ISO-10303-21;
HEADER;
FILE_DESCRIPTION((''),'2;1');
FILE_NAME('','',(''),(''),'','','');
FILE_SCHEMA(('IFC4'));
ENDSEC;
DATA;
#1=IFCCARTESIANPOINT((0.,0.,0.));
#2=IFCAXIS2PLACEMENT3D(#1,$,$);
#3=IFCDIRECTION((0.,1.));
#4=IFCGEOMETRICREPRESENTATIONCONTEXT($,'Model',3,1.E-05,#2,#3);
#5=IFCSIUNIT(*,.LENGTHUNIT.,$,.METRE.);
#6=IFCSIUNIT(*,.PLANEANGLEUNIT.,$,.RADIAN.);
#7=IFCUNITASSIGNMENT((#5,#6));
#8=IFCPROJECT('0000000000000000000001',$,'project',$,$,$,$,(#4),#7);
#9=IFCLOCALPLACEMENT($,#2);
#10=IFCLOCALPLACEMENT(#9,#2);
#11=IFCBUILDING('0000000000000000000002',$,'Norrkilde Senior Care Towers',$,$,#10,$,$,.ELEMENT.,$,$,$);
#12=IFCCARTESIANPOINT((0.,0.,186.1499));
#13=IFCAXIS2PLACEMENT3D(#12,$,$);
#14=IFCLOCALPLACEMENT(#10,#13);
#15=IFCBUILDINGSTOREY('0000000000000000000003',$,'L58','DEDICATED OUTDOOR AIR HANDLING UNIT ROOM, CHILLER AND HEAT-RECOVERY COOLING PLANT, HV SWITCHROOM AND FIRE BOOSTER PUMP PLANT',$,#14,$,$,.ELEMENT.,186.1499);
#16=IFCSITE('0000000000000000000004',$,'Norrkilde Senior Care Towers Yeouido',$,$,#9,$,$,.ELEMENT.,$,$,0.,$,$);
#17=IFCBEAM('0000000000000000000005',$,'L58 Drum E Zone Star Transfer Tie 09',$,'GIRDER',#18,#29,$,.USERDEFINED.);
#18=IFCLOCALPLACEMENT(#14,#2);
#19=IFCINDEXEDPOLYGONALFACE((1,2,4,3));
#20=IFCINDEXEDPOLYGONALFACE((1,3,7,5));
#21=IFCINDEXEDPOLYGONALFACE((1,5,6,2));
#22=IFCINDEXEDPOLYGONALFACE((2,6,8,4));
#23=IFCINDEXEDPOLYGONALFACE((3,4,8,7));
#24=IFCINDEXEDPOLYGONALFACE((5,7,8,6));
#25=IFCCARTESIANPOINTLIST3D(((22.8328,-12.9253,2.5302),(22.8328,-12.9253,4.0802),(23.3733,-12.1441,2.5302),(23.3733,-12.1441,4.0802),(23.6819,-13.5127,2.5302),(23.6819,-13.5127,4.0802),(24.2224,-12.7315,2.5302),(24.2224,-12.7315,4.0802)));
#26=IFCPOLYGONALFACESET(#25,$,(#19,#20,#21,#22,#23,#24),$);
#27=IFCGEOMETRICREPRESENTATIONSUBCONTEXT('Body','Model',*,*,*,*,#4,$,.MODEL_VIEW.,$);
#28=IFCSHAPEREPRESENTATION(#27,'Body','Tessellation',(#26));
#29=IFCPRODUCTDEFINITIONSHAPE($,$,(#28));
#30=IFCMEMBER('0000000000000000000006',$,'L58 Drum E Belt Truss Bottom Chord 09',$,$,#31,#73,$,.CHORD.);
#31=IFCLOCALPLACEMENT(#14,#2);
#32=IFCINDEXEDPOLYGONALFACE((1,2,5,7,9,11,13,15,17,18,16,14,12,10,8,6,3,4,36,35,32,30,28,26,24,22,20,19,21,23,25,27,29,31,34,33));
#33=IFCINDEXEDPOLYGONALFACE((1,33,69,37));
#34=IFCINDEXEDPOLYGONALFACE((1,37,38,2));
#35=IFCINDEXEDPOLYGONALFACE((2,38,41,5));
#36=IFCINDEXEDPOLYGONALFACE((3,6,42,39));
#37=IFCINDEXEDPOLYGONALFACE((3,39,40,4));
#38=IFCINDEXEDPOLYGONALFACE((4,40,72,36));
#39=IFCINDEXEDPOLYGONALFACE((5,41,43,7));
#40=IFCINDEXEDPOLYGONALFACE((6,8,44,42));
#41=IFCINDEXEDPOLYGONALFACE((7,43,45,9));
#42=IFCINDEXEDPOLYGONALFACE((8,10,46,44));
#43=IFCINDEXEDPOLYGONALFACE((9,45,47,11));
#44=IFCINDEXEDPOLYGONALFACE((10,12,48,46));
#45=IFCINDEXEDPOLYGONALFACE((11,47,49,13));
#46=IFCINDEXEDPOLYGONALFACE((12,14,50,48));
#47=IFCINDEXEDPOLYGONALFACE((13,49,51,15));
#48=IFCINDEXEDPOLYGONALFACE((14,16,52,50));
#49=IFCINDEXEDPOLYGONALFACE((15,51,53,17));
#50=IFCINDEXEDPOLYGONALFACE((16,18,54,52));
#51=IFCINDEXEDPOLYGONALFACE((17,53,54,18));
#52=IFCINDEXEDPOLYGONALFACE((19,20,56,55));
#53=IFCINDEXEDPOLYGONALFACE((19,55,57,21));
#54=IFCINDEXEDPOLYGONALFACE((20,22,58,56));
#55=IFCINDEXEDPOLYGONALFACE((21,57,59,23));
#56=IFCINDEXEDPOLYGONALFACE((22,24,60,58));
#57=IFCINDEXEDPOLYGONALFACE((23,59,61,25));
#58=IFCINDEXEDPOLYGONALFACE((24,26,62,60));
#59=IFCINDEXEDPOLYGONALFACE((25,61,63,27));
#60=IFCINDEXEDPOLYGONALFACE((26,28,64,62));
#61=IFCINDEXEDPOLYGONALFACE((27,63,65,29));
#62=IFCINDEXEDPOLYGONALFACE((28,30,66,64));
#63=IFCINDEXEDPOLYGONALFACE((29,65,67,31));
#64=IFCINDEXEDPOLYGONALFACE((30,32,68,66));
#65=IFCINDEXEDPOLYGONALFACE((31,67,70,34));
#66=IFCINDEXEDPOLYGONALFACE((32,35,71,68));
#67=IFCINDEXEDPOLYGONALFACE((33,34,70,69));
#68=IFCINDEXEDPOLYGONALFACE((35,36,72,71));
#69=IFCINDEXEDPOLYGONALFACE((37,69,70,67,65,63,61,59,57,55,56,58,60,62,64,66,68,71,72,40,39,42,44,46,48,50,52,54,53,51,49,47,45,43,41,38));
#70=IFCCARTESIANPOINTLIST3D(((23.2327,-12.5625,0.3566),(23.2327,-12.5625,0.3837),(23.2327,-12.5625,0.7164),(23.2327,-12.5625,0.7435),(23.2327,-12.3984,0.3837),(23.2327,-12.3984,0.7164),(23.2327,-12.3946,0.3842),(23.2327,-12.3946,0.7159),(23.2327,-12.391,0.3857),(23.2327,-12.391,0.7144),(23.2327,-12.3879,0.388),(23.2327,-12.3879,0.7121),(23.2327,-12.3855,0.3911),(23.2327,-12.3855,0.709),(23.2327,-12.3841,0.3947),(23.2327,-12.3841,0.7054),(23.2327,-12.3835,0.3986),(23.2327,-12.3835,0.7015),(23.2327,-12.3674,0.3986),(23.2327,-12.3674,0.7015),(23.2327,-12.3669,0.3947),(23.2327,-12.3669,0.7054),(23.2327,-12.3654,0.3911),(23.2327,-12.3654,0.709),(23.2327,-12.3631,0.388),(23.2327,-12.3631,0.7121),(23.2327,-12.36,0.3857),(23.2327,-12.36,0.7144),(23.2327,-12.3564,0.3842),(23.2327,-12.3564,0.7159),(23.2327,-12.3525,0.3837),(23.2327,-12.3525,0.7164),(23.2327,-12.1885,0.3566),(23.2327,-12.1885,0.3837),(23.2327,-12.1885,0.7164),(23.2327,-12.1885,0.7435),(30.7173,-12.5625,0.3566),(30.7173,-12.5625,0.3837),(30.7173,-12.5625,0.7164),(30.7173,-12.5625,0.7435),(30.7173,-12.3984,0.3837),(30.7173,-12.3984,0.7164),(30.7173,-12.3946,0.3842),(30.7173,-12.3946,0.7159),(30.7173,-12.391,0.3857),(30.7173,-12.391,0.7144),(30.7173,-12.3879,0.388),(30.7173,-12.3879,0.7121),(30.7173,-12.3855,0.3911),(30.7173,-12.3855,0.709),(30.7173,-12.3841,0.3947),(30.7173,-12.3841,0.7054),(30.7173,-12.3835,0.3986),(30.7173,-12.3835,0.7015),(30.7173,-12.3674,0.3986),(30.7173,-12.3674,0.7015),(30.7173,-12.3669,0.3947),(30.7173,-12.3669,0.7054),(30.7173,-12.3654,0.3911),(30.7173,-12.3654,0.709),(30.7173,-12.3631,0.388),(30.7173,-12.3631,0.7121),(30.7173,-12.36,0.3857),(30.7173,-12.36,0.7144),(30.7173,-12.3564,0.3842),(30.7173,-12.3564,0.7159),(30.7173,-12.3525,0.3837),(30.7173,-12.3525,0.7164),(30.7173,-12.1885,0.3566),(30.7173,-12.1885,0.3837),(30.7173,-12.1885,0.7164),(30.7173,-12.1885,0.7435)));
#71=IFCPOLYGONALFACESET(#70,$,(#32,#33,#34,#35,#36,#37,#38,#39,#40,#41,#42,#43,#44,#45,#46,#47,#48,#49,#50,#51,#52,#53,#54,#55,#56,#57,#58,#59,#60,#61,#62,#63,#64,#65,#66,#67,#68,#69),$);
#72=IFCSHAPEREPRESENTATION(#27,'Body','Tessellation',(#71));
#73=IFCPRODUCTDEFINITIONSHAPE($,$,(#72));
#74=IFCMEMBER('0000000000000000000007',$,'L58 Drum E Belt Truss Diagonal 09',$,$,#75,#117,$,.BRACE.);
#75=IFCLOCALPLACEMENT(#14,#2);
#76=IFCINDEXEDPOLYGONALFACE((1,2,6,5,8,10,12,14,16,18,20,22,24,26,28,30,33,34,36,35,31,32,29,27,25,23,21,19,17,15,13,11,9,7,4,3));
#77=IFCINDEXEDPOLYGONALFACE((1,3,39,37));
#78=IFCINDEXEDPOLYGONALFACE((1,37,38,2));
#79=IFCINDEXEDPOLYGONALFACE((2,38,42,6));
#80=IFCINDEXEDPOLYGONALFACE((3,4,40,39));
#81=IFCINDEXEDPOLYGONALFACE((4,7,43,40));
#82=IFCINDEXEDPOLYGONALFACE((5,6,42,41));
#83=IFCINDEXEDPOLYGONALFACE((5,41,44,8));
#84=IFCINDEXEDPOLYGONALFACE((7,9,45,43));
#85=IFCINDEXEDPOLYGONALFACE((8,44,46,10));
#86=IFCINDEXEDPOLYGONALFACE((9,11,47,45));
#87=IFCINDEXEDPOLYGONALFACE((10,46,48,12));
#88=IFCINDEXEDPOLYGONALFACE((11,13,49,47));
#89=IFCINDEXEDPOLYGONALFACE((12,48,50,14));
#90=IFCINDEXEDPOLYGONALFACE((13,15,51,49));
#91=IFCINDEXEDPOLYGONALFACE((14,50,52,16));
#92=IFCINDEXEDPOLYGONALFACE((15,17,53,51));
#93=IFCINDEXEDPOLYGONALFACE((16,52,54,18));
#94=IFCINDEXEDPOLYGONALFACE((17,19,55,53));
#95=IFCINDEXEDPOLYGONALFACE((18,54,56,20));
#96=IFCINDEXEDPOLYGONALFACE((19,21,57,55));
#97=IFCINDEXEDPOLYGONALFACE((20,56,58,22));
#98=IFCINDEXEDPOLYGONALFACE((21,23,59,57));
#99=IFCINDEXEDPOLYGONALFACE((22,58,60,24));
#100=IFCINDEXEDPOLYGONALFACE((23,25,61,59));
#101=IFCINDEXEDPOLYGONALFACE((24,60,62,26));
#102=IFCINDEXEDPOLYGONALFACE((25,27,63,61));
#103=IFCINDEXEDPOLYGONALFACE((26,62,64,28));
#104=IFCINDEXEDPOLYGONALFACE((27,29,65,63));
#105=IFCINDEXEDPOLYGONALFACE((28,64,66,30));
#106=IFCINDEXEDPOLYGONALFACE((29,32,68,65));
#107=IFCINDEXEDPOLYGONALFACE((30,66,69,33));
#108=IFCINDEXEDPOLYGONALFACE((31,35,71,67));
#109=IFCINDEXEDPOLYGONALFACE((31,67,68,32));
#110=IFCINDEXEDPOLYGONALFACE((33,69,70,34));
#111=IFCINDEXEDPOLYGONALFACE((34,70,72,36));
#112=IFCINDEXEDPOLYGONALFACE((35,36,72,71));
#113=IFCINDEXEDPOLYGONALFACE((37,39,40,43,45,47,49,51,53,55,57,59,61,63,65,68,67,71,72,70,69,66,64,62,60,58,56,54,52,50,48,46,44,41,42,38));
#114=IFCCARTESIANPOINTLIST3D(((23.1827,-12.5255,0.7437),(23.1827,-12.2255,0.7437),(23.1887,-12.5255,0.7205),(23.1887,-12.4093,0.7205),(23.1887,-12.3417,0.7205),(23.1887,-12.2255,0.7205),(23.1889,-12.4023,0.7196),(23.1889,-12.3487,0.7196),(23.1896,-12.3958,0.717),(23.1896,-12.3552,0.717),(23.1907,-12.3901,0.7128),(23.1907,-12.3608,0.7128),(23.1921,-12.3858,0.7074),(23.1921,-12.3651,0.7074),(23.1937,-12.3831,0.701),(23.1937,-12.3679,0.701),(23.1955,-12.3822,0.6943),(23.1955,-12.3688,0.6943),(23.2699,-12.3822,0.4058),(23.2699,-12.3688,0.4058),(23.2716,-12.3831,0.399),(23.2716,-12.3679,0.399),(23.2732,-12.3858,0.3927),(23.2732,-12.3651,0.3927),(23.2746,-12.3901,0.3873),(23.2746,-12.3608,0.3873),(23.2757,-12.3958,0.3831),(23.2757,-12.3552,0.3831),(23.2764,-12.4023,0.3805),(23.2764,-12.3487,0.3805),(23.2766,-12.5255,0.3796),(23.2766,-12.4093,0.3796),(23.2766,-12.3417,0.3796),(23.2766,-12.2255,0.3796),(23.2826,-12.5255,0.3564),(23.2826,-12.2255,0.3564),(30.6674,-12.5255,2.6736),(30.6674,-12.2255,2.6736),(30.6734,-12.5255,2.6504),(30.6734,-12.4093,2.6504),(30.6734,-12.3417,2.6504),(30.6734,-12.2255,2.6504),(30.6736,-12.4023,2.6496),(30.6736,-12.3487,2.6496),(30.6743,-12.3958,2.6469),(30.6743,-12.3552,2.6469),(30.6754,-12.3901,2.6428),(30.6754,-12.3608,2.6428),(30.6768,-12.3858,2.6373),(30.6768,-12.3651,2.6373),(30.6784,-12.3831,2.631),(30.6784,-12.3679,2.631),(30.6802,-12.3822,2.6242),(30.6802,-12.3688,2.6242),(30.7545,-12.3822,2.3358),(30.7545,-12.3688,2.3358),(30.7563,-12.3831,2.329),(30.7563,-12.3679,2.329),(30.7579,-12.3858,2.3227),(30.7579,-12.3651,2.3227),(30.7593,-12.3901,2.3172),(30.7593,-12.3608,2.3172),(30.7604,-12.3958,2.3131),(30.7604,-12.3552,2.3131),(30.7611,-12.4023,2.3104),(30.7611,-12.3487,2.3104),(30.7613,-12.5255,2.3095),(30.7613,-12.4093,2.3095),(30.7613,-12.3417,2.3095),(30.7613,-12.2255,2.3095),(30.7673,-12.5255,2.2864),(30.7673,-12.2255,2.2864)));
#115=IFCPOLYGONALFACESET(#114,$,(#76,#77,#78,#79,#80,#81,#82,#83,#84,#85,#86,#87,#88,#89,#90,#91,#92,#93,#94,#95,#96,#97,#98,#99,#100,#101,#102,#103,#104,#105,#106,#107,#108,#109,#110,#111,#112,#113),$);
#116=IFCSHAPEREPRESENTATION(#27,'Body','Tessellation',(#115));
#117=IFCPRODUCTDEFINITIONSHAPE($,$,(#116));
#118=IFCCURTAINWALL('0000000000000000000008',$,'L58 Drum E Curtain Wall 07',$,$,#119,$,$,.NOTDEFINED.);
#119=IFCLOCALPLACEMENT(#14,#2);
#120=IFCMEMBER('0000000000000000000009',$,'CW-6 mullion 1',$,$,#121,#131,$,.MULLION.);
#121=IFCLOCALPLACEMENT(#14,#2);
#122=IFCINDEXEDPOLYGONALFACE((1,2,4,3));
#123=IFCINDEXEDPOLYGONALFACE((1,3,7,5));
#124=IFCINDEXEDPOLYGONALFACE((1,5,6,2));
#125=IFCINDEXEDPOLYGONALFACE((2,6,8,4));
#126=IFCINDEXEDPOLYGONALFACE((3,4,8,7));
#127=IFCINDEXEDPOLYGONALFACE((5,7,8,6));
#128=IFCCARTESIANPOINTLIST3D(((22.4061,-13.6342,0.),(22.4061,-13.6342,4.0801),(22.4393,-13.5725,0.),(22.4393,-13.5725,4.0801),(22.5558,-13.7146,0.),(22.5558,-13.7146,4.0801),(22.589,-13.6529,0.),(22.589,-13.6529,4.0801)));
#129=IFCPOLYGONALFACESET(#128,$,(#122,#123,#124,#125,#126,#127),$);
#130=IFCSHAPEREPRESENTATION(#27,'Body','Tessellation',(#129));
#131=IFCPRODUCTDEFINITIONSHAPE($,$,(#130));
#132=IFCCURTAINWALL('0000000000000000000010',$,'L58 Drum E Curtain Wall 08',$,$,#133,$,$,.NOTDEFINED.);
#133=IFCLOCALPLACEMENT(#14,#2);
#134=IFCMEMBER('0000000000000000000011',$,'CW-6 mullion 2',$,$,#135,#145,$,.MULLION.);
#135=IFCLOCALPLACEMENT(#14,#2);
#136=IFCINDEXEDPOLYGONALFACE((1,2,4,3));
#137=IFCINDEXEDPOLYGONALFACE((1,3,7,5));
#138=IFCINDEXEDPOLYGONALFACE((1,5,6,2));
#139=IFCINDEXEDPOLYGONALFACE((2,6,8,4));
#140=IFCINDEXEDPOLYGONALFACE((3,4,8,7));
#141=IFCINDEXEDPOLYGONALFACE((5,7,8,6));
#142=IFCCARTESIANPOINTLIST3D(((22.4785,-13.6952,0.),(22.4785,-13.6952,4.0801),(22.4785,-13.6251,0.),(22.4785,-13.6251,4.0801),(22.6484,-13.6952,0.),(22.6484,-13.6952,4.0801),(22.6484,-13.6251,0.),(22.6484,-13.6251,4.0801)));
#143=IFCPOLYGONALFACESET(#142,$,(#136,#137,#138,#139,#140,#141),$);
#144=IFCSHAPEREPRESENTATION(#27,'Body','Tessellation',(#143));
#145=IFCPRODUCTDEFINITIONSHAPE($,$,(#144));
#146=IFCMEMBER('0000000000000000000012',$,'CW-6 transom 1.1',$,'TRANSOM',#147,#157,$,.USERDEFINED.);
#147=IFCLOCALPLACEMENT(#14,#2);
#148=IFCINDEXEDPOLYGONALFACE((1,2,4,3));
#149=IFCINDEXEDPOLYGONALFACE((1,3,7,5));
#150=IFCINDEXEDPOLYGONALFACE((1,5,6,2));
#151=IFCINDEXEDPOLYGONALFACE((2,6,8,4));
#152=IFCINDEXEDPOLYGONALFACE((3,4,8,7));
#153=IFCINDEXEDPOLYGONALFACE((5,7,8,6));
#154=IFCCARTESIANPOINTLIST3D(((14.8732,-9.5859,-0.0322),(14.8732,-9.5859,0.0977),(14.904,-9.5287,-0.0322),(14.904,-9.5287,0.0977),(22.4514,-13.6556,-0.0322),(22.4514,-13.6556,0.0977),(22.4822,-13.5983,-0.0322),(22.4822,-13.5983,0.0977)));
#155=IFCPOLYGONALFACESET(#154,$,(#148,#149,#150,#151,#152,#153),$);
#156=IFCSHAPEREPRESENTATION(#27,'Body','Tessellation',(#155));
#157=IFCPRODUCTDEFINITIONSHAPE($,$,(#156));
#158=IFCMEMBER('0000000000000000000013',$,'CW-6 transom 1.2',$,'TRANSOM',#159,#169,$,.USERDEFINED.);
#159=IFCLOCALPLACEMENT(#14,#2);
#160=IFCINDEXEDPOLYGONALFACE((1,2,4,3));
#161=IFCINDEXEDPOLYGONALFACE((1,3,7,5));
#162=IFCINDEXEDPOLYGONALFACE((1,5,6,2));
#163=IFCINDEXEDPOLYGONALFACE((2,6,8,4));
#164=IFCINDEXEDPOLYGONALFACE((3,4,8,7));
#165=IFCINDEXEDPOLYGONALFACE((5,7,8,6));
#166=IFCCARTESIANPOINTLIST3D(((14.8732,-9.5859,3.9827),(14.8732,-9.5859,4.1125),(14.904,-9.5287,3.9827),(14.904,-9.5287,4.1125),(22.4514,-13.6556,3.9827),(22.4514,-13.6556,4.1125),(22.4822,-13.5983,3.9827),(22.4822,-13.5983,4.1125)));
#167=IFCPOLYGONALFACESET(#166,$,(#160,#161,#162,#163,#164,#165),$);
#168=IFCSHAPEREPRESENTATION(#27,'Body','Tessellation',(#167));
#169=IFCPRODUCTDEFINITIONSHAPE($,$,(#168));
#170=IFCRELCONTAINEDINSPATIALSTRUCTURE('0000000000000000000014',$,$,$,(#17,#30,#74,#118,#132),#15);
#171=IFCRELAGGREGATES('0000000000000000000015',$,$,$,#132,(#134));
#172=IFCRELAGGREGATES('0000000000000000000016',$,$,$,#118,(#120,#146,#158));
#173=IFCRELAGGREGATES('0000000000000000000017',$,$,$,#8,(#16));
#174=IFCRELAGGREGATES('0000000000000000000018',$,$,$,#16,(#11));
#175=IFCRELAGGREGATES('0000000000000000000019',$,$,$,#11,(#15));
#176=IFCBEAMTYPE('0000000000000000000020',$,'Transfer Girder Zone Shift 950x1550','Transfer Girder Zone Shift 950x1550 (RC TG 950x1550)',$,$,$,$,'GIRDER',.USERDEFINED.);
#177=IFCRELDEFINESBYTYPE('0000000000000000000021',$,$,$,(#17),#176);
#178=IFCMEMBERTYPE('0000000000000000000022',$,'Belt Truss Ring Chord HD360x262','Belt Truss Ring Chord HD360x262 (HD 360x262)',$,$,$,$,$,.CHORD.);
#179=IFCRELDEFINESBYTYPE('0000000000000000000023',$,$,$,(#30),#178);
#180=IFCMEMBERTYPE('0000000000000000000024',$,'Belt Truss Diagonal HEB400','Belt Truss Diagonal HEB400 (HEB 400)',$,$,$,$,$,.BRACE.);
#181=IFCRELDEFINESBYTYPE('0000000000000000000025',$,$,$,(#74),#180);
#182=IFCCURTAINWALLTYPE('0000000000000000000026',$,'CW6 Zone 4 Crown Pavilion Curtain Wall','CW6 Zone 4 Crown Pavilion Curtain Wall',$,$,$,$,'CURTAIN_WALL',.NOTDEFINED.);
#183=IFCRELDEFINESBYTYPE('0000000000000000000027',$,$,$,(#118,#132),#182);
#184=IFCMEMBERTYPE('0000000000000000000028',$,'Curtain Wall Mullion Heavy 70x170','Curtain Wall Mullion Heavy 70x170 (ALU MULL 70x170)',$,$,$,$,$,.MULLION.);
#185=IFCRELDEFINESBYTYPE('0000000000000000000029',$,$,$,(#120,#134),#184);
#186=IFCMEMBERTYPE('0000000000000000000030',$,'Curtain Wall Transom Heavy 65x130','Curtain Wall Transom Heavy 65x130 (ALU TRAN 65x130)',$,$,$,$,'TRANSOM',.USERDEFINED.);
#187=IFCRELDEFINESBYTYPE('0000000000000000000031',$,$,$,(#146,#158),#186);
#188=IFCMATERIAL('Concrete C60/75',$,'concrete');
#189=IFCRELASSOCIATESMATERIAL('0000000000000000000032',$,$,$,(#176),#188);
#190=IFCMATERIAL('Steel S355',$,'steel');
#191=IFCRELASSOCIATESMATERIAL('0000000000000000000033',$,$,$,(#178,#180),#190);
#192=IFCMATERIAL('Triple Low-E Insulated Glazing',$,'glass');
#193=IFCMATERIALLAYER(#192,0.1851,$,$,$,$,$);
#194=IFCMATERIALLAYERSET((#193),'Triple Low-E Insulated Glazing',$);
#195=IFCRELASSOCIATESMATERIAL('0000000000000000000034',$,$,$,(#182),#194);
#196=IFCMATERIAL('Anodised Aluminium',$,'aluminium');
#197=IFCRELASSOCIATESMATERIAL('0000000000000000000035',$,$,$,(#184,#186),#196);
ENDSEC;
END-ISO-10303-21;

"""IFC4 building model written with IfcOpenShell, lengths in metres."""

from ifc_helpers import new_model, si_unit, direction, frame, origin, origin_2d, place, context, subcontext, project, spatial, rectangle, i_section, extrude, source, transform, mapped, material, layer, layer_set, material_profile, profile_set, type_object, type_shapes, element, aggregate, save


model = new_model("IFC4")

# Units and contexts
model_context = context("Model", 3, precision=1e-05, world=origin(), true_north=direction((0.0, 1.0)))
body_context = subcontext(model_context, "Body", "Model", "MODEL_VIEW")
ifc_project = project(units=[si_unit("LENGTHUNIT", "METRE"), si_unit("PLANEANGLEUNIT", "RADIAN")], contexts=[model_context])

# Site, building, storey
site_placement = place(None, origin())
site = spatial("IfcSite", under=ifc_project, at=site_placement, Name="Norrkilde Senior Care Towers Yeouido", CompositionType="ELEMENT", RefElevation=0.0)
building_placement = place(site_placement, origin())
building = spatial("IfcBuilding", under=site, at=building_placement, Name="Norrkilde Senior Care Towers", CompositionType="ELEMENT")
storey_placement = place(building_placement, frame((0.0, 0.0, 186.1499)))
storey = spatial("IfcBuildingStorey", under=building, at=storey_placement, Name="L58", Description="DEDICATED OUTDOOR AIR HANDLING UNIT ROOM, CHILLER AND HEAT-RECOVERY COOLING PLANT, HV SWITCHROOM AND FIRE BOOSTER PUMP PLANT", CompositionType="ELEMENT", Elevation=186.1499)

# Shared definitions
ifc_material_1 = material(Name="Concrete C60/75", Category="concrete")
ifc_material_profile_1 = material_profile(ifc_material_1, rectangle(XDim=0.95, YDim=1.55, at=origin_2d()), Name="RC TG 950x1550")
ifc_profile_set_1 = profile_set([ifc_material_profile_1], Name="Concrete C60/75")
beam_type_1 = type_object("IfcBeamType", Name="Transfer Girder Zone Shift 950x1550", Description="Transfer Girder Zone Shift 950x1550 (RC TG 950x1550)", ElementType="GIRDER", PredefinedType="USERDEFINED", material=ifc_profile_set_1)

# Shared definitions
ifc_material_2 = material(Name="Steel S355", Category="steel")

# Beam
shared_shape_1 = source(origin(), body_context, "Body", "SweptSolid", [
    extrude(rectangle(XDim=0.95, YDim=1.55, at=origin_2d()), origin(), (0.0, 0.0, 1.0), 1.0325),
])
beam_1_placement = place(storey_placement, frame((23.9521, -13.1221, 3.3052), z_axis=(-0.822396, 0.568915, 0.0), x_axis=(-0.568915, -0.822396, 0.0)))
element("IfcBeam", 1, at=beam_1_placement, inside=storey, type_object=beam_type_1, Name="L58 Drum E Zone Star Transfer Tie 09", ObjectType="GIRDER", PredefinedType="USERDEFINED", context=body_context, shape_type="MappedRepresentation", body=[
    mapped(shared_shape_1, transform((0.0, 0.0, 0.0), x_axis=(1.0, 0.0, 0.0), y_axis=(0.0, 1.0, 0.0), z_axis=(0.0, 0.0, 1.0), scale=1.0)),
])

# Members
ifc_material_profile_2 = material_profile(ifc_material_2, i_section(OverallWidth=0.374, OverallDepth=0.387, WebThickness=0.0161, FlangeThickness=0.0271, FilletRadius=0.0149, at=origin_2d()), Name="HD 360x262")
ifc_profile_set_2 = profile_set([ifc_material_profile_2], Name="Steel S355")
member_type_1 = type_object("IfcMemberType", Name="Belt Truss Ring Chord HD360x262", Description="Belt Truss Ring Chord HD360x262 (HD 360x262)", PredefinedType="CHORD", material=ifc_profile_set_2)
shared_shape_2 = source(origin(), body_context, "Body", "SweptSolid", [
    extrude(i_section(OverallWidth=0.374, OverallDepth=0.387, WebThickness=0.0161, FlangeThickness=0.0271, FilletRadius=0.0149, at=origin_2d()), origin(), (0.0, 0.0, 1.0), 7.4846),
])
type_shapes(member_type_1, [shared_shape_2])
member_1_placement = place(storey_placement, frame((23.2327, -12.3755, 0.55), z_axis=(1.0, 0.0, 0.0), x_axis=(0.0, 1.0, 0.0)))
element("IfcMember", 2, at=member_1_placement, inside=storey, type_object=member_type_1, Name="L58 Drum E Belt Truss Bottom Chord 09", PredefinedType="CHORD", context=body_context, shape_type="MappedRepresentation", body=[
    mapped(shared_shape_2, transform((0.0, 0.0, 0.0), x_axis=(1.0, 0.0, 0.0), y_axis=(0.0, 1.0, 0.0), z_axis=(0.0, 0.0, 1.0), scale=1.0)),
])
ifc_material_profile_3 = material_profile(ifc_material_2, i_section(OverallWidth=0.3, OverallDepth=0.3999, WebThickness=0.0134, FlangeThickness=0.0239, FilletRadius=0.0271, at=origin_2d()), Name="HEB 400")
ifc_profile_set_3 = profile_set([ifc_material_profile_3], Name="Steel S355")
member_type_2 = type_object("IfcMemberType", Name="Belt Truss Diagonal HEB400", Description="Belt Truss Diagonal HEB400 (HEB 400)", PredefinedType="BRACE", material=ifc_profile_set_3)
shared_shape_3 = source(origin(), body_context, "Body", "SweptSolid", [
    extrude(i_section(OverallWidth=0.3, OverallDepth=0.3999, WebThickness=0.0134, FlangeThickness=0.0239, FilletRadius=0.0271, at=origin_2d()), origin(), (0.0, 0.0, 1.0), 7.7295),
])
type_shapes(member_type_2, [shared_shape_3])
member_2_placement = place(storey_placement, frame((23.2327, -12.3755, 0.55), z_axis=(0.968327, 0.0, 0.249686), x_axis=(0.0, 1.0, 0.0)))
element("IfcMember", 3, at=member_2_placement, inside=storey, type_object=member_type_2, Name="L58 Drum E Belt Truss Diagonal 09", PredefinedType="BRACE", context=body_context, shape_type="MappedRepresentation", body=[
    mapped(shared_shape_3, transform((0.0, 0.0, 0.0), x_axis=(1.0, 0.0, 0.0), y_axis=(0.0, 1.0, 0.0), z_axis=(0.0, 0.0, 1.0), scale=1.0)),
])

# Curtain walls, members
ifc_material_3 = material(Name="Triple Low-E Insulated Glazing", Category="glass")
ifc_layer_1 = layer(ifc_material_3, 0.1851)
ifc_layer_set_1 = layer_set([ifc_layer_1], Name="Triple Low-E Insulated Glazing")
curtain_wall_type = type_object("IfcCurtainWallType", Name="CW6 Zone 4 Crown Pavilion Curtain Wall", Description="CW6 Zone 4 Crown Pavilion Curtain Wall", ElementType="CURTAIN_WALL", PredefinedType="NOTDEFINED", material=ifc_layer_set_1)
curtain_wall_1_placement = place(storey_placement, origin())
curtain_wall_1 = element("IfcCurtainWall", 4, at=curtain_wall_1_placement, inside=storey, type_object=curtain_wall_type, Name="L58 Drum E Curtain Wall 07", PredefinedType="NOTDEFINED")
ifc_material_4 = material(Name="Anodised Aluminium", Category="aluminium")
ifc_material_profile_4 = material_profile(ifc_material_4, rectangle(XDim=0.0701, YDim=0.1699, at=origin_2d()), Name="ALU MULL 70x170")
ifc_profile_set_4 = profile_set([ifc_material_profile_4], Name="Anodised Aluminium")
member_type_3 = type_object("IfcMemberType", Name="Curtain Wall Mullion Heavy 70x170", Description="Curtain Wall Mullion Heavy 70x170 (ALU MULL 70x170)", PredefinedType="MULLION", material=ifc_profile_set_4)
shared_shape_4 = source(origin(), body_context, "Body", "SweptSolid", [
    extrude(rectangle(XDim=0.0701, YDim=0.1699, at=origin_2d()), origin(), (0.0, 0.0, 1.0), 4.0801),
])
type_shapes(member_type_3, [shared_shape_4])
member_3_placement = place(storey_placement, frame((22.4976, -13.6436, 0.0), z_axis=(0.0, 0.0, 1.0), x_axis=(-0.473117, -0.881, 0.0)))
member_3 = element("IfcMember", 5, at=member_3_placement, type_object=member_type_3, Name="CW-6 mullion 1", PredefinedType="MULLION", context=body_context, shape_type="MappedRepresentation", body=[
    mapped(shared_shape_4, transform((0.0, 0.0, 0.0), x_axis=(1.0, 0.0, 0.0), y_axis=(0.0, 1.0, 0.0), z_axis=(0.0, 0.0, 1.0), scale=1.0)),
])
curtain_wall_2_placement = place(storey_placement, origin())
curtain_wall_2 = element("IfcCurtainWall", 6, at=curtain_wall_2_placement, inside=storey, type_object=curtain_wall_type, Name="L58 Drum E Curtain Wall 08", PredefinedType="NOTDEFINED")
member_4_placement = place(storey_placement, frame((22.5635, -13.6602, 0.0), z_axis=(0.0, 0.0, 1.0), x_axis=(0.0, -1.0, 0.0)))
member_4 = element("IfcMember", 7, at=member_4_placement, type_object=member_type_3, Name="CW-6 mullion 2", PredefinedType="MULLION", context=body_context, shape_type="MappedRepresentation", body=[
    mapped(shared_shape_4, transform((0.0, 0.0, 0.0), x_axis=(1.0, 0.0, 0.0), y_axis=(0.0, 1.0, 0.0), z_axis=(0.0, 0.0, 1.0), scale=1.0)),
])
aggregate(curtain_wall_2, [member_4])

# Members
ifc_material_profile_5 = material_profile(ifc_material_4, rectangle(XDim=0.0649, YDim=0.1299, at=origin_2d()), Name="ALU TRAN 65x130")
ifc_profile_set_5 = profile_set([ifc_material_profile_5], Name="Anodised Aluminium")
member_type_4 = type_object("IfcMemberType", Name="Curtain Wall Transom Heavy 65x130", Description="Curtain Wall Transom Heavy 65x130 (ALU TRAN 65x130)", ElementType="TRANSOM", PredefinedType="USERDEFINED", material=ifc_profile_set_5)
shared_shape_5 = source(origin(), body_context, "Body", "SweptSolid", [
    extrude(rectangle(XDim=0.0649, YDim=0.1299, at=origin_2d()), origin(), (0.0, 0.0, 1.0), 8.6018),
])
type_shapes(member_type_4, [shared_shape_5])
member_5_placement = place(storey_placement, frame((22.4668, -13.627, 0.0327), z_axis=(-0.881002, 0.473113, 0.0), x_axis=(-0.473113, -0.881002, 0.0)))
member_5 = element("IfcMember", 8, at=member_5_placement, type_object=member_type_4, Name="CW-6 transom 1.1", ObjectType="TRANSOM", PredefinedType="USERDEFINED", context=body_context, shape_type="MappedRepresentation", body=[
    mapped(shared_shape_5, transform((0.0, 0.0, 0.0), x_axis=(1.0, 0.0, 0.0), y_axis=(0.0, 1.0, 0.0), z_axis=(0.0, 0.0, 1.0), scale=1.0)),
])
member_6_placement = place(storey_placement, frame((22.4668, -13.627, 4.0476), z_axis=(-0.881002, 0.473113, 0.0), x_axis=(-0.473113, -0.881002, 0.0)))
member_6 = element("IfcMember", 9, at=member_6_placement, type_object=member_type_4, Name="CW-6 transom 1.2", ObjectType="TRANSOM", PredefinedType="USERDEFINED", context=body_context, shape_type="MappedRepresentation", body=[
    mapped(shared_shape_5, transform((0.0, 0.0, 0.0), x_axis=(1.0, 0.0, 0.0), y_axis=(0.0, 1.0, 0.0), z_axis=(0.0, 0.0, 1.0), scale=1.0)),
])
aggregate(curtain_wall_1, [member_3, member_5, member_6])

save(model, "model.ifc")
